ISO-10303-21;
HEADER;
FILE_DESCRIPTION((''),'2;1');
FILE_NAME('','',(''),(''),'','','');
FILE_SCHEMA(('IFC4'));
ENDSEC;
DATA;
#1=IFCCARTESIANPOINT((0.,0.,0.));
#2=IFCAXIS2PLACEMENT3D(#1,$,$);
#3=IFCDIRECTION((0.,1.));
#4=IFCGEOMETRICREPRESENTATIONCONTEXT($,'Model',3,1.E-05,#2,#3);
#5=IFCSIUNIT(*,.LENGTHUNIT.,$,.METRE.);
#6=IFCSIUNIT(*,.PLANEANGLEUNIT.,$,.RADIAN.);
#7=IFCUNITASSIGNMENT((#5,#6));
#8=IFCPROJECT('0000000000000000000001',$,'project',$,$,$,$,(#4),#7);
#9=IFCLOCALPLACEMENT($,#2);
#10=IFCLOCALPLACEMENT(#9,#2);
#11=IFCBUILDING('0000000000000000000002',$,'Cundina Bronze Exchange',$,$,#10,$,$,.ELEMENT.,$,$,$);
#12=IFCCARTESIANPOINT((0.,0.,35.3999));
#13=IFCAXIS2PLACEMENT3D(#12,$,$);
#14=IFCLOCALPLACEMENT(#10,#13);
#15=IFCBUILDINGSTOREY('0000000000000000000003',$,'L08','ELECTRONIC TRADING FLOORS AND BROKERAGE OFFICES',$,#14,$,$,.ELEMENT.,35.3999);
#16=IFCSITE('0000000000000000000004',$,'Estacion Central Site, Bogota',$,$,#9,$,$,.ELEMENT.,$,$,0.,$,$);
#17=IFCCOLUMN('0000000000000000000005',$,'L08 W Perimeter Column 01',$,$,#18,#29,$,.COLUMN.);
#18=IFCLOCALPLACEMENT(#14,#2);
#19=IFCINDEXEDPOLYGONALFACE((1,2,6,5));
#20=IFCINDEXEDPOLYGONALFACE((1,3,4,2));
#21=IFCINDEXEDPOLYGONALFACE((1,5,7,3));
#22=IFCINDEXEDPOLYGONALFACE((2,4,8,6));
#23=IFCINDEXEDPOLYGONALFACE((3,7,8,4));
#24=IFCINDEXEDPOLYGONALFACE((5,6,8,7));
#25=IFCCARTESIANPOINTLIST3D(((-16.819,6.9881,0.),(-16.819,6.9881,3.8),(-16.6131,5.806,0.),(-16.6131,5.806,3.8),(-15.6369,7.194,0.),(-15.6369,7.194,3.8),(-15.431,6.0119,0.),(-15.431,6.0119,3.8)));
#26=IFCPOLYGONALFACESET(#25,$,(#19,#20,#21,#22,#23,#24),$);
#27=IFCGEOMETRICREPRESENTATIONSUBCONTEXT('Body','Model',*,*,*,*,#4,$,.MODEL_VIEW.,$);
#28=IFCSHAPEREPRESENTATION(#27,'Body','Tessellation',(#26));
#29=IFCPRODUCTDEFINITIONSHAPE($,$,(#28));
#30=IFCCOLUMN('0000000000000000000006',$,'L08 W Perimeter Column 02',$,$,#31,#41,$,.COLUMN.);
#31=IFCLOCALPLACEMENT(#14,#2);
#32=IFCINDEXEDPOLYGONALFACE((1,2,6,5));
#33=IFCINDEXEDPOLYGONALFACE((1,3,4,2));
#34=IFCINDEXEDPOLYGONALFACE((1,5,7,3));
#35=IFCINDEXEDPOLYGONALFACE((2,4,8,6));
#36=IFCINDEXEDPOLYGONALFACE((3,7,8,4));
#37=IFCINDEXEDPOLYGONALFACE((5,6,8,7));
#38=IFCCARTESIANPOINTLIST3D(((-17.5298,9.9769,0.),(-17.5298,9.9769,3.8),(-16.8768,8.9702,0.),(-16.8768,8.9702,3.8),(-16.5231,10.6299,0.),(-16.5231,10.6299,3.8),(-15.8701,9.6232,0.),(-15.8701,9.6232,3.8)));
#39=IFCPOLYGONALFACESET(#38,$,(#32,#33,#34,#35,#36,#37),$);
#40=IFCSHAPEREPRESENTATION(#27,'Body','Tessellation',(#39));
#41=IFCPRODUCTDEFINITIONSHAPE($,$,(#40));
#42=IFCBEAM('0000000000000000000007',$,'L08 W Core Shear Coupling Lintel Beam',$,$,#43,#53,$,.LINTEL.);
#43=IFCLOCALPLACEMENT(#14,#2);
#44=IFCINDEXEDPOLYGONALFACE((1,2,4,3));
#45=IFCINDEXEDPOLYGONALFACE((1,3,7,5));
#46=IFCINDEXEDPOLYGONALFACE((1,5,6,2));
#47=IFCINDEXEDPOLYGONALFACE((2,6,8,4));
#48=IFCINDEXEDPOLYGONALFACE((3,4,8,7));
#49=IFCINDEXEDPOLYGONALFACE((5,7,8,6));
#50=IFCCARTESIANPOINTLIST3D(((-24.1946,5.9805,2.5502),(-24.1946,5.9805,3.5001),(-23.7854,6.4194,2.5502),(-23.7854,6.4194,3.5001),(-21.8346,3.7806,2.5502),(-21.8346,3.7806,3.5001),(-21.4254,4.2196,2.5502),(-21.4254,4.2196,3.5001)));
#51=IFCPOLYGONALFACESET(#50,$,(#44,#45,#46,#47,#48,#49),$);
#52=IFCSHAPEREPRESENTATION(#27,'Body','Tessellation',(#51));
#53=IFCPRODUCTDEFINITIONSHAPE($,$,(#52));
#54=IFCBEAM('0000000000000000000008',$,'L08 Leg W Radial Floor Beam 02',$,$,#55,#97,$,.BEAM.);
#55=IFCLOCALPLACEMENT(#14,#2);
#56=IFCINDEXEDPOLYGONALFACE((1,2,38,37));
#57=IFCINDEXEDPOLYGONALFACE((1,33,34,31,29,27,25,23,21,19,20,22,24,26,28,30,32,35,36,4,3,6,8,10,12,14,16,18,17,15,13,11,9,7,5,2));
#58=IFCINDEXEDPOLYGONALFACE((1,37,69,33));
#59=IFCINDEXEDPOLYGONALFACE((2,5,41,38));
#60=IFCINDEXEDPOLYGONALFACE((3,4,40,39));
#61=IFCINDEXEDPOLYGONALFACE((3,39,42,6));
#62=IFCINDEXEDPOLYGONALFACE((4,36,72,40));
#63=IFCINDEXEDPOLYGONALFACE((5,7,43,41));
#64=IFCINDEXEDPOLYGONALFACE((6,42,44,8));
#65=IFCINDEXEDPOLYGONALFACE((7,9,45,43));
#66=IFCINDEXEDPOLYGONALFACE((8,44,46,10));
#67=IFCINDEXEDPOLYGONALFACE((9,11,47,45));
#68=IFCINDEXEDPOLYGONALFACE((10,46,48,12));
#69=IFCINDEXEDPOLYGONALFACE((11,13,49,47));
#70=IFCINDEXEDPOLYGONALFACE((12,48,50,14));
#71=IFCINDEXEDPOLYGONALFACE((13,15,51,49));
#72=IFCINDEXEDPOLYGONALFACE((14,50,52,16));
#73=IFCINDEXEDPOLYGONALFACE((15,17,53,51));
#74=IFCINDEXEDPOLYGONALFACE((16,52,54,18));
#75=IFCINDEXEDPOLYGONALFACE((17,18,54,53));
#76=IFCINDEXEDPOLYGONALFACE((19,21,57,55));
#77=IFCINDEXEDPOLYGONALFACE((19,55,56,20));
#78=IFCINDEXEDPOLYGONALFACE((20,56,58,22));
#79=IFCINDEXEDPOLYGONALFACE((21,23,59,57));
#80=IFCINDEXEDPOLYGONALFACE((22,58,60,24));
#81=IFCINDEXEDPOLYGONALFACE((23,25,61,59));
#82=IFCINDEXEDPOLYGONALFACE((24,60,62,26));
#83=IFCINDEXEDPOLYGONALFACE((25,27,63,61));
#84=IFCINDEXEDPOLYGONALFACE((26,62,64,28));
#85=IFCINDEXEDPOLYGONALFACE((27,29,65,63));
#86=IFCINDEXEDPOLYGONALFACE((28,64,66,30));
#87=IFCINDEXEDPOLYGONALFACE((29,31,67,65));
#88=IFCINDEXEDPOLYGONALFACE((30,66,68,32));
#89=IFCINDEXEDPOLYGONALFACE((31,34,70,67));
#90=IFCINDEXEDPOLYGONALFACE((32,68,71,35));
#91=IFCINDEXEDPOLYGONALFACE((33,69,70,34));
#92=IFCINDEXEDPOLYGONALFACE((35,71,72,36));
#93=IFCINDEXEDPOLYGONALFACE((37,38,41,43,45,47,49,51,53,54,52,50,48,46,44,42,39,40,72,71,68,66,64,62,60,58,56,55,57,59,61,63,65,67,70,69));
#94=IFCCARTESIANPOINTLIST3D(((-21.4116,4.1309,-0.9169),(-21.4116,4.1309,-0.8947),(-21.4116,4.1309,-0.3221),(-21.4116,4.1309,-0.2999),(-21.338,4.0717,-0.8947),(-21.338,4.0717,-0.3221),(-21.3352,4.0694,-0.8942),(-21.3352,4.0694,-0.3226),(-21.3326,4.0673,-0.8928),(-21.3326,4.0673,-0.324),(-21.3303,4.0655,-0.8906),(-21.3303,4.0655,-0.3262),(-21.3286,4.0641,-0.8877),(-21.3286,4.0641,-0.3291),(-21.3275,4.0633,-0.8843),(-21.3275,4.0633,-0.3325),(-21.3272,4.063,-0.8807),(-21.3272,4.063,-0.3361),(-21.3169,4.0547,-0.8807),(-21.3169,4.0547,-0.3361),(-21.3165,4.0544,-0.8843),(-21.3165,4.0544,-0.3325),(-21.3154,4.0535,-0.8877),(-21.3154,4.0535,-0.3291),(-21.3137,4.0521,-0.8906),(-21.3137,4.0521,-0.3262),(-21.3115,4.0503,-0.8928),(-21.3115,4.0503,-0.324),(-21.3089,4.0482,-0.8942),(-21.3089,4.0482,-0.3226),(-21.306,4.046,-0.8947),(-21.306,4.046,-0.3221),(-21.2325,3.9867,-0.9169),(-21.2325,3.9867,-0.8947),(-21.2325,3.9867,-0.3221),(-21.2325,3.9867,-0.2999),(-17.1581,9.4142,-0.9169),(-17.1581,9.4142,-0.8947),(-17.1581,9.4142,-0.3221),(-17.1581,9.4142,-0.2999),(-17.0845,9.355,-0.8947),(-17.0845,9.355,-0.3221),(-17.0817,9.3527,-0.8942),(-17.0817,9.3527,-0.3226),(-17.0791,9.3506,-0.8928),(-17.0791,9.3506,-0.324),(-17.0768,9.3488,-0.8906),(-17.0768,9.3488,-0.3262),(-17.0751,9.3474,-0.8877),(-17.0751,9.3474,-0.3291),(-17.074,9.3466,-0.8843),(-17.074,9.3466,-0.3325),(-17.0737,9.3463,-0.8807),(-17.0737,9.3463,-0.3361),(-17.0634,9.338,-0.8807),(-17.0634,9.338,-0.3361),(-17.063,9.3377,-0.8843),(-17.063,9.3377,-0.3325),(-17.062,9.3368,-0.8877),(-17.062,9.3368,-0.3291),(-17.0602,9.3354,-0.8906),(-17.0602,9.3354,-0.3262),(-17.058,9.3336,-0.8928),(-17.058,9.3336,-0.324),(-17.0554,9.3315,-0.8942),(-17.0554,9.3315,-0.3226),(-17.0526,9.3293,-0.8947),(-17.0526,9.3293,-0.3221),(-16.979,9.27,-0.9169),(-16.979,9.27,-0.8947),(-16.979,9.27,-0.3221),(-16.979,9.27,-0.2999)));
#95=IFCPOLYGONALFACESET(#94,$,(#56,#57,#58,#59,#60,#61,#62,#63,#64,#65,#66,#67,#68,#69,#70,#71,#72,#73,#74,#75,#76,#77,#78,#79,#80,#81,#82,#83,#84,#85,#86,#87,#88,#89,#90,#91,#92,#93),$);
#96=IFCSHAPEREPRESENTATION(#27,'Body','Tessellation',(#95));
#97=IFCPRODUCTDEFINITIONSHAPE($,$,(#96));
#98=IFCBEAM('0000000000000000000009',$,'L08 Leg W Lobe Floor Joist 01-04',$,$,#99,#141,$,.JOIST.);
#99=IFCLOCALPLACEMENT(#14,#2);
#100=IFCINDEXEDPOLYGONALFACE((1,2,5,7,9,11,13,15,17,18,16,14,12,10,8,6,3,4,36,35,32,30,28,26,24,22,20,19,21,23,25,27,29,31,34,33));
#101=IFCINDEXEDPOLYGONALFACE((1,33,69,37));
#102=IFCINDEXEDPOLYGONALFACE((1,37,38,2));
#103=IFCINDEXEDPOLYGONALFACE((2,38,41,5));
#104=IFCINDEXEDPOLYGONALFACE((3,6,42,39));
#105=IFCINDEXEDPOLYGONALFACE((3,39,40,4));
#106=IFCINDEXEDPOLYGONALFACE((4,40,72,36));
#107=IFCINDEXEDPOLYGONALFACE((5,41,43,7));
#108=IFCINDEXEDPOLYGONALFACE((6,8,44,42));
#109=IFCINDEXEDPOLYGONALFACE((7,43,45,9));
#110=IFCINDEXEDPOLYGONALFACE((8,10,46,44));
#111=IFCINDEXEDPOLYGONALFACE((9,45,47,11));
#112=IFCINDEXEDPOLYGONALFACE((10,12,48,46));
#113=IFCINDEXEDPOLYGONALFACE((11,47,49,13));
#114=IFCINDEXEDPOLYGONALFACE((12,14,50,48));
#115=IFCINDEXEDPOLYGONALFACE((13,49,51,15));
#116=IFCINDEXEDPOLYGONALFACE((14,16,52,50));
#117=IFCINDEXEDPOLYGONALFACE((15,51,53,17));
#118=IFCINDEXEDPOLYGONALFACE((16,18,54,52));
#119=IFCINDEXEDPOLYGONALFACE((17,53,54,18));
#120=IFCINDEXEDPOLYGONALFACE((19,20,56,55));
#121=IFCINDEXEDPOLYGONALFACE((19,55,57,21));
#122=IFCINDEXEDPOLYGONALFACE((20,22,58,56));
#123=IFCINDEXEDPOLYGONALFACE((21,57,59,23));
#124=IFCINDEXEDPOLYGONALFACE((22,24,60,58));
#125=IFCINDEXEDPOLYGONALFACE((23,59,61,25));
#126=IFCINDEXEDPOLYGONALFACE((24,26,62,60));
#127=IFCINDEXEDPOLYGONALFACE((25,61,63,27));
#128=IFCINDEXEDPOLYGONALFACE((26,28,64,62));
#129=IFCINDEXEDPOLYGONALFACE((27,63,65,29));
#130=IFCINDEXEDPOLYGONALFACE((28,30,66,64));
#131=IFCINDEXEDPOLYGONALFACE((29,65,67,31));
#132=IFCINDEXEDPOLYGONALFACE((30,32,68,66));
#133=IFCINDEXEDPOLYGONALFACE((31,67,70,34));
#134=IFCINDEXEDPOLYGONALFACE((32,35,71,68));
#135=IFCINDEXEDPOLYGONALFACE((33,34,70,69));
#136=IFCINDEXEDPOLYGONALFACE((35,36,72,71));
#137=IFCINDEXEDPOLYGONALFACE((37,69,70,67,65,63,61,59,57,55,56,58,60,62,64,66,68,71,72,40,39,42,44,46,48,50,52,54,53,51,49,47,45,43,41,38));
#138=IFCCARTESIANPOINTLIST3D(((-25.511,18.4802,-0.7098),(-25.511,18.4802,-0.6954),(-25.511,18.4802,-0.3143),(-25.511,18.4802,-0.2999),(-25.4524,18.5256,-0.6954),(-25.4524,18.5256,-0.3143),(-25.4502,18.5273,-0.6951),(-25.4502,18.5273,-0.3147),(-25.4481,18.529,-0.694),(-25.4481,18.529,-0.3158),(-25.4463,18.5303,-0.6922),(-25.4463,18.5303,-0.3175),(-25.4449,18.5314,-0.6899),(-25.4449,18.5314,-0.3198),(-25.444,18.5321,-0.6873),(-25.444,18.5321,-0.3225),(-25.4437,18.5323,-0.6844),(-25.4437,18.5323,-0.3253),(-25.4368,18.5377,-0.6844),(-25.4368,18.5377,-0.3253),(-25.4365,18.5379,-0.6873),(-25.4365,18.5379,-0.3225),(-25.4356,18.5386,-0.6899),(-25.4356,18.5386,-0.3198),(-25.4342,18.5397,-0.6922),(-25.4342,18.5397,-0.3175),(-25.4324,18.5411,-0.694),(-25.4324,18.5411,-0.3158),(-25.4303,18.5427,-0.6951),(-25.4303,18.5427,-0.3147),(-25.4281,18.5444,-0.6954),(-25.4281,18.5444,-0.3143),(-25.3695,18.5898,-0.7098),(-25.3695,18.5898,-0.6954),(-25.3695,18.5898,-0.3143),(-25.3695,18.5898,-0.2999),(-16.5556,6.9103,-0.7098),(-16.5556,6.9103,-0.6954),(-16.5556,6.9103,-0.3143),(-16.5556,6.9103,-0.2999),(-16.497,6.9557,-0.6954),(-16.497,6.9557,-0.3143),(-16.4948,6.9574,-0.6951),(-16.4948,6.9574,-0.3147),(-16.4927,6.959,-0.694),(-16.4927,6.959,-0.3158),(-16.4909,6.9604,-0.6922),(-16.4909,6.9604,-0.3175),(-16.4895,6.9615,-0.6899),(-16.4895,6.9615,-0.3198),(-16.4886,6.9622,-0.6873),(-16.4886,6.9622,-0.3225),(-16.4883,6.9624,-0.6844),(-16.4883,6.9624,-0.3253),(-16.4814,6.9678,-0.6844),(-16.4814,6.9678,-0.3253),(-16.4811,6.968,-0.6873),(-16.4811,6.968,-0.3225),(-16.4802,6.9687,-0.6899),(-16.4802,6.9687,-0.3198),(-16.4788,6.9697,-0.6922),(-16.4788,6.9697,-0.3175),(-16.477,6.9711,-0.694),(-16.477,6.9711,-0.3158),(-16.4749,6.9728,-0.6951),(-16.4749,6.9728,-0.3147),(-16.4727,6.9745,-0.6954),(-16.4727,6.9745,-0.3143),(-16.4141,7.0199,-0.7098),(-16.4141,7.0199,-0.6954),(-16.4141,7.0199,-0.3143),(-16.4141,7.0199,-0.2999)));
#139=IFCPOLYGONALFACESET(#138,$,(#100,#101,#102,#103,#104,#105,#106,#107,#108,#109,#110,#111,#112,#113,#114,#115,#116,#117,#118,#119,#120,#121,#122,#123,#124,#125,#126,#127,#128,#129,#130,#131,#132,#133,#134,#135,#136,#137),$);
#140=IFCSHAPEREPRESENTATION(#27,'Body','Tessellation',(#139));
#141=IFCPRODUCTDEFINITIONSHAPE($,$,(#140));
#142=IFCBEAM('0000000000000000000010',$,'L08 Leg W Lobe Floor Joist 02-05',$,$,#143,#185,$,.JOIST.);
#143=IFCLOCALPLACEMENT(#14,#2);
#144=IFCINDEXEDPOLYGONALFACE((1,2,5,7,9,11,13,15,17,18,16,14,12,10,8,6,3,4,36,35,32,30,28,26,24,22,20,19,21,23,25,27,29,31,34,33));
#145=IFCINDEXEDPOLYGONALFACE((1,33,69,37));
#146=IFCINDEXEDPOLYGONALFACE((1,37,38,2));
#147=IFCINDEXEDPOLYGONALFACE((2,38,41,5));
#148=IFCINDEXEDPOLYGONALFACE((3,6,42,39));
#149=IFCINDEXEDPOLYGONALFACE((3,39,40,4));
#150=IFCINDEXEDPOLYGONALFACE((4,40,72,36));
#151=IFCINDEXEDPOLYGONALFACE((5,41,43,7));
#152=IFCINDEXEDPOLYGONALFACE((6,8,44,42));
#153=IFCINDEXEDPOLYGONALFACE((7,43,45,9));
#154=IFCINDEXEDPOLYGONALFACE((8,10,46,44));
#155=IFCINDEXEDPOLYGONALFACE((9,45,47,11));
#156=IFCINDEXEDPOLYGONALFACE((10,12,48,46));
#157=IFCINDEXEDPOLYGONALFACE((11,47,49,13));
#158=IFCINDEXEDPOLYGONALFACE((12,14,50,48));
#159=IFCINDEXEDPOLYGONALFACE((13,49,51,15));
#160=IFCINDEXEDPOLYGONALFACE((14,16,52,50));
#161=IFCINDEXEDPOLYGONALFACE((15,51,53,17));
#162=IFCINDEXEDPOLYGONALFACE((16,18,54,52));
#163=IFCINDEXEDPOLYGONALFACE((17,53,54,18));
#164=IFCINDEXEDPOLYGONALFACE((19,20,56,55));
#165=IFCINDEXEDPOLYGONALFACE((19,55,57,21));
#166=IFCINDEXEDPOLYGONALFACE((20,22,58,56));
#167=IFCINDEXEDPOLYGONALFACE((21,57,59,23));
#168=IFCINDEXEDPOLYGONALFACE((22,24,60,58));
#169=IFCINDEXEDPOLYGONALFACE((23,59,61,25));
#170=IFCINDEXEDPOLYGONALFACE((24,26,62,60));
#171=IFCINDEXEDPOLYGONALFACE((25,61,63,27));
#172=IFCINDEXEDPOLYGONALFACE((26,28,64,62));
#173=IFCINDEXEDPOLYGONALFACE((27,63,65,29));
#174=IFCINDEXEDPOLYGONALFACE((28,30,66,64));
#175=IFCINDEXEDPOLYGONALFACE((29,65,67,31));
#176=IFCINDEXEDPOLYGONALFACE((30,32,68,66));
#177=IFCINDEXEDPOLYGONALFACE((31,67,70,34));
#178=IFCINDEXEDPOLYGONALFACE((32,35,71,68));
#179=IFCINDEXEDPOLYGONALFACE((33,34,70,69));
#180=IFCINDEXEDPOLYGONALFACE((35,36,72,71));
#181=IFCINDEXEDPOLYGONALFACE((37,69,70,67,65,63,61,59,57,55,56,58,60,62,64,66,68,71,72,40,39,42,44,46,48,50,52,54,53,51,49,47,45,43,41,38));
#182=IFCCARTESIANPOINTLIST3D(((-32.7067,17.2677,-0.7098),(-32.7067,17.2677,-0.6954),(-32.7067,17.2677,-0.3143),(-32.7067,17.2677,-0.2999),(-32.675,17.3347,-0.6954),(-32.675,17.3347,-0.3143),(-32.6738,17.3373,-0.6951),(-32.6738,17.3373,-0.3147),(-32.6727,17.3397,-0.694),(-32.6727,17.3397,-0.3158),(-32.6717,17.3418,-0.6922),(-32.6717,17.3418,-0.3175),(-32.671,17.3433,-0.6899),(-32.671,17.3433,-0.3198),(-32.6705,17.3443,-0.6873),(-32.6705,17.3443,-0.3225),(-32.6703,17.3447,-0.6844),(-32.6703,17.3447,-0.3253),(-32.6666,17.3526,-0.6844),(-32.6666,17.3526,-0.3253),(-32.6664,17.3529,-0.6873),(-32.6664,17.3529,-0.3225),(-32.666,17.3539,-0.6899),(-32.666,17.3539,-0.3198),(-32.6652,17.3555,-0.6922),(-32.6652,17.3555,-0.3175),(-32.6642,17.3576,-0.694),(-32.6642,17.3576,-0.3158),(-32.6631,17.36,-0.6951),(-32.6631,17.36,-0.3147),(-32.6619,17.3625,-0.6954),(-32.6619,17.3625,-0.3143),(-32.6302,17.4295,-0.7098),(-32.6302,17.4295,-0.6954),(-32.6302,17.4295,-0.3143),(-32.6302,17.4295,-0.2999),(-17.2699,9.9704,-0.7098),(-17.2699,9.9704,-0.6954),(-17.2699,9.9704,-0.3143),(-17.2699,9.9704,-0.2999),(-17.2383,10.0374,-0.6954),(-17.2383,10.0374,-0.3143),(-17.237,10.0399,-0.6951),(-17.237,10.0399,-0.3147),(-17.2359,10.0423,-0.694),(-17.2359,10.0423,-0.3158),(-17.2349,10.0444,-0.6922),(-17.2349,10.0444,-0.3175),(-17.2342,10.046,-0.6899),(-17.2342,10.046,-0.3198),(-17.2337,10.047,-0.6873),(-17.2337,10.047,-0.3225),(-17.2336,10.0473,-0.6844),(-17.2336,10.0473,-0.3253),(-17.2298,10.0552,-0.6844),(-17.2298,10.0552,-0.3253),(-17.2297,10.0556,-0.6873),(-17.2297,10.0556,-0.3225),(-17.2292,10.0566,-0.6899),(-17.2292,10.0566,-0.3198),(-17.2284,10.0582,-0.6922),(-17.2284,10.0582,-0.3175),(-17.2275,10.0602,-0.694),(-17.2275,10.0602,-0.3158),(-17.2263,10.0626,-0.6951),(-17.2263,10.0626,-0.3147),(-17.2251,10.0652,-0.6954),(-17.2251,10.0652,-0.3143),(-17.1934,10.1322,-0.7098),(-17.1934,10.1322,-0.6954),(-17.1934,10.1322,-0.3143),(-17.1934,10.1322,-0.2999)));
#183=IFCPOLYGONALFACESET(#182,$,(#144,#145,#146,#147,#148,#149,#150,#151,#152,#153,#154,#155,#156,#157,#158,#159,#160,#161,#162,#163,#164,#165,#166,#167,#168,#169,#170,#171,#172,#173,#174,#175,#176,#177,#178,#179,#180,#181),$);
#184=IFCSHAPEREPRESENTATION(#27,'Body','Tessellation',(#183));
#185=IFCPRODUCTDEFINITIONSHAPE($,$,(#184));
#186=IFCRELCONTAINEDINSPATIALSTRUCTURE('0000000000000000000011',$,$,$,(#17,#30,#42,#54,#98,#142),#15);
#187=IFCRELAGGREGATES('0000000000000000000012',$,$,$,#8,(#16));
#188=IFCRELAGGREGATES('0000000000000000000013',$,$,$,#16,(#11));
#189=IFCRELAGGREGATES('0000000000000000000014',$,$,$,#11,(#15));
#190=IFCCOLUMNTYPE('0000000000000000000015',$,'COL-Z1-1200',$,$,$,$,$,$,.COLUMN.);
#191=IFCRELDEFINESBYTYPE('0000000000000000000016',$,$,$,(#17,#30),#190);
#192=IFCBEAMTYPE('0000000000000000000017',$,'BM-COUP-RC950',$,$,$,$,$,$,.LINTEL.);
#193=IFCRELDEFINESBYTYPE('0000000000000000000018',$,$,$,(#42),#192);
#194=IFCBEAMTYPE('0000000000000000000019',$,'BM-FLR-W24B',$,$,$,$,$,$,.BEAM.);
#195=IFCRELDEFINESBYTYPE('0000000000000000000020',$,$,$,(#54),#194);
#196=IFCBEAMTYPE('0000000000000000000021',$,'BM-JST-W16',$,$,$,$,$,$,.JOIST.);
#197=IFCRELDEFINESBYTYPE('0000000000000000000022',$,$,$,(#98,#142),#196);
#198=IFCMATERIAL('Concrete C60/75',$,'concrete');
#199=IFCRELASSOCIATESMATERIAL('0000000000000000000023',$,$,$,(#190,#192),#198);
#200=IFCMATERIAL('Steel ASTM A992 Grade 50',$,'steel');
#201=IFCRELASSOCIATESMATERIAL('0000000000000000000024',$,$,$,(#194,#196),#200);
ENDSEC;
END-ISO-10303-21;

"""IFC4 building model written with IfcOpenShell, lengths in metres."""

from ifc_helpers import new_model, si_unit, direction, frame, origin, origin_2d, place, context, subcontext, project, spatial, rectangle, i_section, extrude, material, material_profile, profile_set, type_object, element, save


model = new_model("IFC4")

# Units and contexts
model_context = context("Model", 3, precision=1e-05, world=origin(), true_north=direction((0.0, 1.0)))
body_context = subcontext(model_context, "Body", "Model", "MODEL_VIEW")
ifc_project = project(units=[si_unit("LENGTHUNIT", "METRE"), si_unit("PLANEANGLEUNIT", "RADIAN")], contexts=[model_context])

# Site, building, storey
site_placement = place(None, origin())
site = spatial("IfcSite", under=ifc_project, at=site_placement, Name="Estacion Central Site, Bogota", CompositionType="ELEMENT", RefElevation=0.0)
building_placement = place(site_placement, origin())
building = spatial("IfcBuilding", under=site, at=building_placement, Name="Cundina Bronze Exchange", CompositionType="ELEMENT")
storey_placement = place(building_placement, frame((0.0, 0.0, 35.3999)))
storey = spatial("IfcBuildingStorey", under=building, at=storey_placement, Name="L08", Description="ELECTRONIC TRADING FLOORS AND BROKERAGE OFFICES", CompositionType="ELEMENT", Elevation=35.3999)

# Columns
ifc_material_1 = material(Name="Concrete C60/75", Category="concrete")
ifc_material_profile_1 = material_profile(ifc_material_1, rectangle(XDim=1.2, YDim=1.2, at=origin_2d()), Name="RC1200X1200", Category="concrete")
ifc_profile_set_1 = profile_set([ifc_material_profile_1], Name="Concrete C60/75")
column_type = type_object("IfcColumnType", Name="COL-Z1-1200", PredefinedType="COLUMN", material=ifc_profile_set_1)
for number, where, z_axis, x_axis, name in (
    (1, (-16.125, 6.5, 0.0), (0.0, 0.0, 1.0), (-0.171585, 0.985169, 0.0), "L08 W Perimeter Column 01"),
    (2, (-16.7, 9.8, 0.0), (0.0, 0.0, 1.0), (-0.5442, 0.838956, 0.0), "L08 W Perimeter Column 02"),
):
    element("IfcColumn", number, at=place(storey_placement, frame(where, z_axis=z_axis, x_axis=x_axis)), inside=storey, type_object=column_type, Name=name, PredefinedType="COLUMN", context=body_context, shape_type="SweptSolid", body=[
        extrude(rectangle(XDim=1.2, YDim=1.2, at=origin_2d()), origin(), (0.0, 0.0, 1.0), 3.8),
    ])

# Beams
ifc_material_profile_2 = material_profile(ifc_material_1, rectangle(XDim=0.6001, YDim=0.95, at=origin_2d()), Name="RC600X950", Category="concrete")
ifc_profile_set_2 = profile_set([ifc_material_profile_2], Name="Concrete C60/75")
beam_type_1 = type_object("IfcBeamType", Name="BM-COUP-RC950", PredefinedType="LINTEL", material=ifc_profile_set_2)
beam_1_placement = place(storey_placement, frame((-23.99, 6.2, 3.0251), z_axis=(0.73149, -0.681852, 0.0), x_axis=(0.681852, 0.73149, 0.0)))
element("IfcBeam", 3, at=beam_1_placement, inside=storey, type_object=beam_type_1, Name="L08 W Core Shear Coupling Lintel Beam", PredefinedType="LINTEL", context=body_context, shape_type="SweptSolid", body=[
    extrude(rectangle(XDim=0.6001, YDim=0.95, at=origin_2d()), origin(), (0.0, 0.0, 1.0), 3.2263),
])
ifc_material_2 = material(Name="Steel ASTM A992 Grade 50", Category="steel")
ifc_material_profile_3 = material_profile(ifc_material_2, i_section(OverallWidth=0.23, OverallDepth=0.6169, WebThickness=0.0132, FlangeThickness=0.0222, FilletRadius=0.0139, at=origin_2d()), Name="W24X94", Category="steel")
ifc_profile_set_3 = profile_set([ifc_material_profile_3], Name="Steel ASTM A992 Grade 50")
beam_type_2 = type_object("IfcBeamType", Name="BM-FLR-W24B", PredefinedType="BEAM", material=ifc_profile_set_3)
beam_2_placement = place(storey_placement, frame((-21.322, 4.0588, -0.6084), z_axis=(0.627106, 0.778934, 0.0), x_axis=(-0.778934, 0.627106, 0.0)))
element("IfcBeam", 4, at=beam_2_placement, inside=storey, type_object=beam_type_2, Name="L08 Leg W Radial Floor Beam 02", PredefinedType="BEAM", context=body_context, shape_type="SweptSolid", body=[
    extrude(i_section(OverallWidth=0.23, OverallDepth=0.6169, WebThickness=0.0132, FlangeThickness=0.0222, FilletRadius=0.0139, at=origin_2d()), origin(), (0.0, 0.0, 1.0), 6.7827),
])
ifc_material_profile_4 = material_profile(ifc_material_2, i_section(OverallWidth=0.179, OverallDepth=0.4099, WebThickness=0.0088, FlangeThickness=0.0144, FilletRadius=0.011, at=origin_2d()), Name="W16X45", Category="steel")
ifc_profile_set_4 = profile_set([ifc_material_profile_4], Name="Steel ASTM A992 Grade 50")
beam_type_3 = type_object("IfcBeamType", Name="BM-JST-W16", PredefinedType="JOIST", material=ifc_profile_set_4)
beam_3_placement = place(storey_placement, frame((-16.4849, 6.9651, -0.5049), z_axis=(-0.612089, 0.790789, 0.0), x_axis=(-0.790789, -0.612089, 0.0)))
element("IfcBeam", 5, at=beam_3_placement, inside=storey, type_object=beam_type_3, Name="L08 Leg W Lobe Floor Joist 01-04", PredefinedType="JOIST", context=body_context, shape_type="SweptSolid", body=[
    extrude(i_section(OverallWidth=0.179, OverallDepth=0.4099, WebThickness=0.0088, FlangeThickness=0.0144, FilletRadius=0.011, at=origin_2d()), origin(), (0.0, 0.0, 1.0), 14.6309),
])
beam_4_placement = place(storey_placement, frame((-17.2317, 10.0513, -0.5049), z_axis=(-0.904073, 0.427379, 0.0), x_axis=(-0.427379, -0.904073, 0.0)))
element("IfcBeam", 6, at=beam_4_placement, inside=storey, type_object=beam_type_3, Name="L08 Leg W Lobe Floor Joist 02-05", PredefinedType="JOIST", context=body_context, shape_type="SweptSolid", body=[
    extrude(i_section(OverallWidth=0.179, OverallDepth=0.4099, WebThickness=0.0088, FlangeThickness=0.0144, FilletRadius=0.011, at=origin_2d()), origin(), (0.0, 0.0, 1.0), 17.0747),
])

save(model, "model.ifc")
